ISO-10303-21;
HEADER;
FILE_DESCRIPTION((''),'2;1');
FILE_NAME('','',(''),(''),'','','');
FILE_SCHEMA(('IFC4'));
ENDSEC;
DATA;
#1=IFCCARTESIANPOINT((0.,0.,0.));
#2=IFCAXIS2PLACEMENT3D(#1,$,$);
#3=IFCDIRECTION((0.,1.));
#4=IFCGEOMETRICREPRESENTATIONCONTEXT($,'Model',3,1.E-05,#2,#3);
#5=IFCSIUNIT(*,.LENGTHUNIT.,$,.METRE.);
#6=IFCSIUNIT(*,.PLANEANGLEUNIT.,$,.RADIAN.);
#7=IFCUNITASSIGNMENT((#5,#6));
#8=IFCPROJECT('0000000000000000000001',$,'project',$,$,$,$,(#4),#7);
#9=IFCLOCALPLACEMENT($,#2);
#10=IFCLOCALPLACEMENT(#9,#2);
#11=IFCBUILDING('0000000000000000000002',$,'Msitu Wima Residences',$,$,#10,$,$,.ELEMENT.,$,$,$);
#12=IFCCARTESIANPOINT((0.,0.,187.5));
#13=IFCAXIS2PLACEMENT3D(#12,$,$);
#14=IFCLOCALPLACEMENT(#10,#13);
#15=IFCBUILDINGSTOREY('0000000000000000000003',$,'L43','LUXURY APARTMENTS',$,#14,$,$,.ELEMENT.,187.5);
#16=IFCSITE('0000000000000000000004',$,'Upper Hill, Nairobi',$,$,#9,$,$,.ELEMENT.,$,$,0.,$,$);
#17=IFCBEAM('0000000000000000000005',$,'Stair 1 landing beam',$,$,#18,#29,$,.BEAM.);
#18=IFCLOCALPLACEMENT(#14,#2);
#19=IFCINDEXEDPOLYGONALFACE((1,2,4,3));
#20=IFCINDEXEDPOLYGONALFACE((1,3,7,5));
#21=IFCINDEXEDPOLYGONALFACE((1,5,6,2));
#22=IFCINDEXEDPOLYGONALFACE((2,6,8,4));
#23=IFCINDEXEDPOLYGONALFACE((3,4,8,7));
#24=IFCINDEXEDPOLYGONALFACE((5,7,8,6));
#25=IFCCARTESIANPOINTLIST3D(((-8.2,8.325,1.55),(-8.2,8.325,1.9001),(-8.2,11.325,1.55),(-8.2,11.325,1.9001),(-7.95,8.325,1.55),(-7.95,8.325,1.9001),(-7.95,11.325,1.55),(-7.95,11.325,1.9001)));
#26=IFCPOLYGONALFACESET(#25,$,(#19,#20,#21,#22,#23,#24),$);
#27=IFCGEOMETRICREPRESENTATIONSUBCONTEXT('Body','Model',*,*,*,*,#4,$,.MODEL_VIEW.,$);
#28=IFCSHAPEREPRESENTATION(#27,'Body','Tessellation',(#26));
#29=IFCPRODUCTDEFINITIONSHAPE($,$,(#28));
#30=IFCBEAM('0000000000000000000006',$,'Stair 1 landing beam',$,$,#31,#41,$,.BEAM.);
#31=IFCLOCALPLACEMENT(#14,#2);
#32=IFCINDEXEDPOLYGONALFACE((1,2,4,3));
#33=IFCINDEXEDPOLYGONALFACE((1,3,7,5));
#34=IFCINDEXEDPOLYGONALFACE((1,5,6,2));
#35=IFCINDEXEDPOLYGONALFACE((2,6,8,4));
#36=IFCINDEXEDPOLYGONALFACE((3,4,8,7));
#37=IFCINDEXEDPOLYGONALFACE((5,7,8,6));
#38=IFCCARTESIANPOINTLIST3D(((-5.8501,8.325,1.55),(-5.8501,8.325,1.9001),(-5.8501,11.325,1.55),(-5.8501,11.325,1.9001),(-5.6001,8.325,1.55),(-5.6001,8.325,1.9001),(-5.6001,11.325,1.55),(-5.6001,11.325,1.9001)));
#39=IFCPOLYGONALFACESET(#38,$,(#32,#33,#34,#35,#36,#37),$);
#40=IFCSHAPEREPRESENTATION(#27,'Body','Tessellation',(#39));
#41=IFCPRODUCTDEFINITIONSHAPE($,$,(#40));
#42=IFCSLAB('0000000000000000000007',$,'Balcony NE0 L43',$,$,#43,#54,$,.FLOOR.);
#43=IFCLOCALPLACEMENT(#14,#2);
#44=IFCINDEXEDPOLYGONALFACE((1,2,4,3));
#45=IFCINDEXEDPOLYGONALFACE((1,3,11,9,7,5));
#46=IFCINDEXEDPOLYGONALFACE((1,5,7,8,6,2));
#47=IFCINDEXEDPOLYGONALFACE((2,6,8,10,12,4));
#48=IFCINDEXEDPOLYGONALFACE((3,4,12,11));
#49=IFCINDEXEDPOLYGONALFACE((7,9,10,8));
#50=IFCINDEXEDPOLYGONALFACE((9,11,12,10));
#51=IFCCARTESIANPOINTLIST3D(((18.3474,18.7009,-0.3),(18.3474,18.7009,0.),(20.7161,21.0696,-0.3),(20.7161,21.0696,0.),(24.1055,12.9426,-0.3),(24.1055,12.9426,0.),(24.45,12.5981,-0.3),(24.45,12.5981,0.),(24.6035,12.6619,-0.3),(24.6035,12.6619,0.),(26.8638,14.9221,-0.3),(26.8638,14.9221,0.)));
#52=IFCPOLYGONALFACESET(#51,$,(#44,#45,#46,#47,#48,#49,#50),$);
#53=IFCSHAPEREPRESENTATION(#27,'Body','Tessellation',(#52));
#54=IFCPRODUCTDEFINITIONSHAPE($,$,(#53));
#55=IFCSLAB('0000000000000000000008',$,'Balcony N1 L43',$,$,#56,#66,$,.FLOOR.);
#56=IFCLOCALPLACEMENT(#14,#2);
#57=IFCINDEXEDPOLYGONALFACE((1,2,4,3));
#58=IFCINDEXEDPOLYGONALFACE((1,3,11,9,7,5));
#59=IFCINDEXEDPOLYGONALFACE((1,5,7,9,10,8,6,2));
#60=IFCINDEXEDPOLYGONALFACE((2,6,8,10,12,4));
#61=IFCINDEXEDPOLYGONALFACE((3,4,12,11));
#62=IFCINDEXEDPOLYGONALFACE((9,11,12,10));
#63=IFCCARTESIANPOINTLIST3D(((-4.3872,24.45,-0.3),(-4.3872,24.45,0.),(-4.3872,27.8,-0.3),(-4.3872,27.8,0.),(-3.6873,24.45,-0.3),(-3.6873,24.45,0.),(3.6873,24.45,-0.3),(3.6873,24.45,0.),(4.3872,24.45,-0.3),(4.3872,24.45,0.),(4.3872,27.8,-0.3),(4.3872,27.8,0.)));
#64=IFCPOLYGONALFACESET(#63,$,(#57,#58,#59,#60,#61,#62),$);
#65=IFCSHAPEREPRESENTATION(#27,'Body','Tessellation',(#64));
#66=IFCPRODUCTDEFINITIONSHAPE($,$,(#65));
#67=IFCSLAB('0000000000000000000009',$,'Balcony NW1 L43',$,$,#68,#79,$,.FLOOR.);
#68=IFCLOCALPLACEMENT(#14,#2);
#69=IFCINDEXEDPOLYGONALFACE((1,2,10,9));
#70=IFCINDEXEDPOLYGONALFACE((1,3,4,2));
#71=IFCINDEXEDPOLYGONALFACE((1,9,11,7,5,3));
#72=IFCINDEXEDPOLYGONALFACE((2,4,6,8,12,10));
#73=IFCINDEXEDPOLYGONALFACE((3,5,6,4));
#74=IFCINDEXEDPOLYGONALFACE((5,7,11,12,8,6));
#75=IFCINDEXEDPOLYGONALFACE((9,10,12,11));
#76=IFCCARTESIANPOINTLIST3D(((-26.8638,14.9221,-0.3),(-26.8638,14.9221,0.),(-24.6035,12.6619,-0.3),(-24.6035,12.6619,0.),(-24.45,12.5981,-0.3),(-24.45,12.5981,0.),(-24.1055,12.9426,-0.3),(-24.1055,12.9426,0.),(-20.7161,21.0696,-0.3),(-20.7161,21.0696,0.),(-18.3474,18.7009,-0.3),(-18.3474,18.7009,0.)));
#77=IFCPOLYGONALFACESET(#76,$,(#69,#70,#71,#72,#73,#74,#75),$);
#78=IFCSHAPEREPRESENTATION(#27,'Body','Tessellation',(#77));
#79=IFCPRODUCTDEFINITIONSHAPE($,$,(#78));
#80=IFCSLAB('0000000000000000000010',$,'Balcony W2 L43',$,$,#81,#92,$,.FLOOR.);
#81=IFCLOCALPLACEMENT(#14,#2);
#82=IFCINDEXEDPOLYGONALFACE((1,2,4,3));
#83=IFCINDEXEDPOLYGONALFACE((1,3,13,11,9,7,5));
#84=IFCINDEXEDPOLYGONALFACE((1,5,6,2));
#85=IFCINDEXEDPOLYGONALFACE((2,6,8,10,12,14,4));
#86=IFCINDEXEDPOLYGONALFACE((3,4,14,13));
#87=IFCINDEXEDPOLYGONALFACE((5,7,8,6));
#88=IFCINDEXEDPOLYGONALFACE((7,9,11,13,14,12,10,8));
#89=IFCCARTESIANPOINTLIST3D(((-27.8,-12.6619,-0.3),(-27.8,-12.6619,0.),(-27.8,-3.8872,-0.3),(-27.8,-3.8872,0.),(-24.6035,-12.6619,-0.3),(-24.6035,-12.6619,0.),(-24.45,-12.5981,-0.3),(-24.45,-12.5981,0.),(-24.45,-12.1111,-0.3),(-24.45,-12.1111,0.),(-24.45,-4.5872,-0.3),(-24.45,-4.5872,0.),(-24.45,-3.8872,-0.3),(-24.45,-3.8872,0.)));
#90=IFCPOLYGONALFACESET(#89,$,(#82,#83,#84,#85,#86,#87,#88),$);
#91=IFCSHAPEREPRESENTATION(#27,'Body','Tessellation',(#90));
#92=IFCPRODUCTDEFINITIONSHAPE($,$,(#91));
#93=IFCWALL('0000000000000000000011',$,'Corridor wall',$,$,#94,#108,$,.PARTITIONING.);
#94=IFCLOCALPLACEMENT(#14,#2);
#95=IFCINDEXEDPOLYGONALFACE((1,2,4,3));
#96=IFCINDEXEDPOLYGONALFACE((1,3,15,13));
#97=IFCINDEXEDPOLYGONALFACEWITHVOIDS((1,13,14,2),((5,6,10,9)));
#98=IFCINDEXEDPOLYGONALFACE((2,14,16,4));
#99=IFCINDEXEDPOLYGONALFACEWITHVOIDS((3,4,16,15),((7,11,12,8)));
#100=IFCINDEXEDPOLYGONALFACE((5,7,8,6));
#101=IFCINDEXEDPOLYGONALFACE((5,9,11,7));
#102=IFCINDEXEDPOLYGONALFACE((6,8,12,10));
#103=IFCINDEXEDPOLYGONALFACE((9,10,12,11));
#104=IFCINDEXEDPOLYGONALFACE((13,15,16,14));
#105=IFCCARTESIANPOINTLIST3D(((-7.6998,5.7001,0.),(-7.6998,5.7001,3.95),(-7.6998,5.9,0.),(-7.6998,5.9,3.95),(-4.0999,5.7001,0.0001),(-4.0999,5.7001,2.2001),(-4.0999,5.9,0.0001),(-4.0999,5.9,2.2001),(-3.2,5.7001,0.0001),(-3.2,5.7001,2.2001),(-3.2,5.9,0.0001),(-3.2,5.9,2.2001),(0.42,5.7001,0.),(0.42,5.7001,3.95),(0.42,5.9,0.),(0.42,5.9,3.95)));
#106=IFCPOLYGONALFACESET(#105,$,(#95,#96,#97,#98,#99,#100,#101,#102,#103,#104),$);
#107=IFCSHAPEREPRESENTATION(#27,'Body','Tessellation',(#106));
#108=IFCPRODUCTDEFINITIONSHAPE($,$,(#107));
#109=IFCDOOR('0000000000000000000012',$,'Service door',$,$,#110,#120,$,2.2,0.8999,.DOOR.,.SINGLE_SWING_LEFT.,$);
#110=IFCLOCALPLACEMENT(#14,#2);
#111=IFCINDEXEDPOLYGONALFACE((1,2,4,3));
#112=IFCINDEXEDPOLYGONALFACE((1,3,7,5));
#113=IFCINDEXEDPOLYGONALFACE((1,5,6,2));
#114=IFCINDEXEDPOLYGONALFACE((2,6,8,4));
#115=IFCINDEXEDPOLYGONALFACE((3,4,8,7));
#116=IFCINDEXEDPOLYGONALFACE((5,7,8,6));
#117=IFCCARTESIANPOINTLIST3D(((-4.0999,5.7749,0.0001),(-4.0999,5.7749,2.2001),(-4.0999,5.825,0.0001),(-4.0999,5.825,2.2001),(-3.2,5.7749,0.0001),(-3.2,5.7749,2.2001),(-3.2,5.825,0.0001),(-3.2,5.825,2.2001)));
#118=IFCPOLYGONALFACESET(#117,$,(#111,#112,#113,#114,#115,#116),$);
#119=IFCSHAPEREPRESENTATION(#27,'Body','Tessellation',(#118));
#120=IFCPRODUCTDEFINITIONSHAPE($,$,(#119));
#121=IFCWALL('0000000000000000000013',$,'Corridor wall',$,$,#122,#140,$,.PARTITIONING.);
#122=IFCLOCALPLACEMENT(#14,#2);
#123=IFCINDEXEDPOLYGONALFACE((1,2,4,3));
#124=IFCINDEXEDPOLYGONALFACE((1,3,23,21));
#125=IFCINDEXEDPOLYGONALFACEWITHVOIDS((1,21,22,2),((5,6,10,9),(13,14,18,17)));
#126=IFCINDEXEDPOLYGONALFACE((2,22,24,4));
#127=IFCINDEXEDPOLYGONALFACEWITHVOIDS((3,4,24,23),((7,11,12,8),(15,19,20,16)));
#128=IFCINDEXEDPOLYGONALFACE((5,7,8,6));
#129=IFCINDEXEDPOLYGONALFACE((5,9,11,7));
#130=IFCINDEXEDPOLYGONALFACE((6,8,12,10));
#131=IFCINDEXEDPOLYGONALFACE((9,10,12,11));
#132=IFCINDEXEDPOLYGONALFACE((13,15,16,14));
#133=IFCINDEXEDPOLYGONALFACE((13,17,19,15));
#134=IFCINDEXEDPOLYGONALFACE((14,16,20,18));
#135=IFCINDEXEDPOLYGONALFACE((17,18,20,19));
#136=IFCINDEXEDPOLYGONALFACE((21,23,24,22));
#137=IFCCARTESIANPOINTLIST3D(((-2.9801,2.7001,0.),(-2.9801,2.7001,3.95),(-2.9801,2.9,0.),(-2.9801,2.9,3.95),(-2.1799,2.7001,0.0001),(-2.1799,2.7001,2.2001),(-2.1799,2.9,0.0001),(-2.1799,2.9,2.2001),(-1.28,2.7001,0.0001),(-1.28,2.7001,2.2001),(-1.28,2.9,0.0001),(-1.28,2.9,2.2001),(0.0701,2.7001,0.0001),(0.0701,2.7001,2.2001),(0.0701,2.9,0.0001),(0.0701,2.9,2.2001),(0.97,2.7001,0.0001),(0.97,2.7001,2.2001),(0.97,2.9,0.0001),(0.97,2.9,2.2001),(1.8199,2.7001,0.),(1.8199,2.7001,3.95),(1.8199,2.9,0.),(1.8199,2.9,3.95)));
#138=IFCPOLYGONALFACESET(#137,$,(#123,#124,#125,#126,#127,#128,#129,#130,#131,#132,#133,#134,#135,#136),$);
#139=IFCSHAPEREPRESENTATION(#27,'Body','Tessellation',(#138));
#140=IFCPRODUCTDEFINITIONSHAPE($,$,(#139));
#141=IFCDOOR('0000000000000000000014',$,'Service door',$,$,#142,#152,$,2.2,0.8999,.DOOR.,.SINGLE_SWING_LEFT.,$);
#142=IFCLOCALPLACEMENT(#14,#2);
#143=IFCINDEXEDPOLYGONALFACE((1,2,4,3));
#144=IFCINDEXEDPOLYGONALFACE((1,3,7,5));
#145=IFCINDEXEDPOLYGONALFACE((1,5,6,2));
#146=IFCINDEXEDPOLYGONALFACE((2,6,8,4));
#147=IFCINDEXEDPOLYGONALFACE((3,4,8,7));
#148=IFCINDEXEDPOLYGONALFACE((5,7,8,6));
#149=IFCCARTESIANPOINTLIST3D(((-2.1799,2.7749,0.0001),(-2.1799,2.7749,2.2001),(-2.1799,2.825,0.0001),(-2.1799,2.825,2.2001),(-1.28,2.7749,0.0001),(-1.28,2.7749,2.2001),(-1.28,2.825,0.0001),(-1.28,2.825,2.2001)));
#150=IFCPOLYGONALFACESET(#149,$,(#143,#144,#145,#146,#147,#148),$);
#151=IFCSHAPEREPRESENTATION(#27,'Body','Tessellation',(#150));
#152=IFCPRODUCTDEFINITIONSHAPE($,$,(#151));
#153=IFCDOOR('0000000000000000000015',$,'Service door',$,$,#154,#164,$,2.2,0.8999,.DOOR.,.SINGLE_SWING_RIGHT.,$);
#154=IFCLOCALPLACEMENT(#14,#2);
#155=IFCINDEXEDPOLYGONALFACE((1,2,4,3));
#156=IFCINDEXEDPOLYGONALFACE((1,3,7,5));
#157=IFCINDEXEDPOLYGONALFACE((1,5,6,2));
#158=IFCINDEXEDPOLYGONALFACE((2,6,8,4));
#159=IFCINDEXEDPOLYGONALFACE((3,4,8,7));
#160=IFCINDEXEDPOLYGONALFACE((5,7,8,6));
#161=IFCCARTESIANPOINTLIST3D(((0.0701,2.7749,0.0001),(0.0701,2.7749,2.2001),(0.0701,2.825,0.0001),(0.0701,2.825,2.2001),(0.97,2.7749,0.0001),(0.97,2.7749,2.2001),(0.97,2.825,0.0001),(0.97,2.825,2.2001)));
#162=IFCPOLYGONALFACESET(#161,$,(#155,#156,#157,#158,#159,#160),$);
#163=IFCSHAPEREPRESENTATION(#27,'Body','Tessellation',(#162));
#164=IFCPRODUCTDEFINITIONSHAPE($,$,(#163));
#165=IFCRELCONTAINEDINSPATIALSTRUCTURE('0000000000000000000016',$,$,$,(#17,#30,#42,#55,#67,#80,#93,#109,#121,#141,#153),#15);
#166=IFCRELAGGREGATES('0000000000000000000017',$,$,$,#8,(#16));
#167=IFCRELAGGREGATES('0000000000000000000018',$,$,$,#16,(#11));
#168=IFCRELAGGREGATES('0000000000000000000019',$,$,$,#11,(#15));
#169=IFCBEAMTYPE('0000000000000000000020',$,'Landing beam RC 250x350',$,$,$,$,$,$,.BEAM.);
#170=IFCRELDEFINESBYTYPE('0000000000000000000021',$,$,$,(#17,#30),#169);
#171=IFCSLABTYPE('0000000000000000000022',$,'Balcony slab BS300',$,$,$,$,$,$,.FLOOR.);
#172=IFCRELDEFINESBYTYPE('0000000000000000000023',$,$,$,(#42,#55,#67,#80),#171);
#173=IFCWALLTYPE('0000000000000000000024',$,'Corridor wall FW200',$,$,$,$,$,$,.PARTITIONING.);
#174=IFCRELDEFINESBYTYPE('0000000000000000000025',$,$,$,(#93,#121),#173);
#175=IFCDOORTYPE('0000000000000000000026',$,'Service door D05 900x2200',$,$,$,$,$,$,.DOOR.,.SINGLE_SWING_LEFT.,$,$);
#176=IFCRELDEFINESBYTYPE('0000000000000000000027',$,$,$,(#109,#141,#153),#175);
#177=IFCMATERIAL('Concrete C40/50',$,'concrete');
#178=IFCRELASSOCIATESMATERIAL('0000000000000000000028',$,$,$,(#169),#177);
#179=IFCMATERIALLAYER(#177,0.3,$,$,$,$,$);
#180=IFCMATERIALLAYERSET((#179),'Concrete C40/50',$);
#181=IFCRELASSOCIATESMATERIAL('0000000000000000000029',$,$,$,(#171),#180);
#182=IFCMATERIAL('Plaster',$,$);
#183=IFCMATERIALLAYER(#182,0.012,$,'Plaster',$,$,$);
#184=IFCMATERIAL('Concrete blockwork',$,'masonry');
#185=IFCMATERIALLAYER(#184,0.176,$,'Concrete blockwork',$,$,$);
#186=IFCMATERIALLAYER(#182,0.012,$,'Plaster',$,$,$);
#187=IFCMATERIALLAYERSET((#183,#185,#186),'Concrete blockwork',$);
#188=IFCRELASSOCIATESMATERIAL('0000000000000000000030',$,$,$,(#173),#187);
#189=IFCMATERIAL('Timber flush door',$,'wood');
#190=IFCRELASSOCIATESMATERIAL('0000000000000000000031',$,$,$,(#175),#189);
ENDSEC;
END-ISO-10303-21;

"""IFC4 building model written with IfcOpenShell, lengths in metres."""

from ifc_helpers import new_model, si_unit, direction, frame, frame_2d, origin, origin_2d, place, context, subcontext, project, spatial, polyline, rectangle, outline, extrude, material, layer, layer_set, material_profile, profile_set, type_object, element, fill, save


model = new_model("IFC4")

# Units and contexts
model_context = context("Model", 3, precision=1e-05, world=origin(), true_north=direction((0.0, 1.0)))
body_context = subcontext(model_context, "Body", "Model", "MODEL_VIEW")
ifc_project = project(units=[si_unit("LENGTHUNIT", "METRE"), si_unit("PLANEANGLEUNIT", "RADIAN")], contexts=[model_context])

# Site, building, storey
site_placement = place(None, origin())
site = spatial("IfcSite", under=ifc_project, at=site_placement, Name="Upper Hill, Nairobi", CompositionType="ELEMENT", RefElevation=0.0)
building_placement = place(site_placement, origin())
building = spatial("IfcBuilding", under=site, at=building_placement, Name="Msitu Wima Residences", CompositionType="ELEMENT")
storey_placement = place(building_placement, frame((0.0, 0.0, 187.5)))
storey = spatial("IfcBuildingStorey", under=building, at=storey_placement, Name="L43", Description="LUXURY APARTMENTS", CompositionType="ELEMENT", Elevation=187.5)

# Beams
ifc_material_1 = material(Name="Concrete C40/50", Category="concrete")
ifc_material_profile = material_profile(ifc_material_1, rectangle(XDim=0.25, YDim=0.3501, at=origin_2d()), Name="RC 250x350")
ifc_profile_set = profile_set([ifc_material_profile], Name="Concrete C40/50")
beam_type = type_object("IfcBeamType", Name="Landing beam RC 250x350", PredefinedType="BEAM", material=ifc_profile_set)
for number, where, z_axis, x_axis, name in (
    (1, (-8.075, 8.325, 1.7251), (0.0, 1.0, 0.0), (-1.0, 0.0, 0.0), "Stair 1 landing beam"),
    (2, (-5.7251, 8.325, 1.7251), (0.0, 1.0, 0.0), (-1.0, 0.0, 0.0), "Stair 1 landing beam"),
):
    element("IfcBeam", number, at=place(storey_placement, frame(where, z_axis=z_axis, x_axis=x_axis)), inside=storey, type_object=beam_type, Name=name, PredefinedType="BEAM", context=body_context, shape_type="SweptSolid", body=[
        extrude(rectangle(XDim=0.25, YDim=0.3501, at=origin_2d()), origin(), (0.0, 0.0, 1.0), 3.0),
    ])

# Slabs
ifc_layer_1 = layer(ifc_material_1, 0.3)
ifc_layer_set_1 = layer_set([ifc_layer_1], Name="Concrete C40/50")
slab_type = type_object("IfcSlabType", Name="Balcony slab BS300", PredefinedType="FLOOR", material=ifc_layer_set_1)
slab_1_placement = place(storey_placement, frame((0.0, 0.0, -0.3)))
element("IfcSlab", 3, at=slab_1_placement, inside=storey, type_object=slab_type, Name="Balcony NE0 L43", PredefinedType="FLOOR", context=body_context, shape_type="SweptSolid", body=[
    extrude(outline(polyline([(24.1055, 12.9426), (24.1055, 12.9426), (18.3474, 18.7009), (20.7161, 21.0696), (26.8638, 14.9221), (24.6035, 12.6619), (24.45, 12.5981), (24.1055, 12.9426), (24.1055, 12.9426)])), origin(), (0.0, 0.0, 1.0), 0.3),
])
slab_2_placement = place(storey_placement, frame((0.0, 0.0, -0.3)))
element("IfcSlab", 4, at=slab_2_placement, inside=storey, type_object=slab_type, Name="Balcony N1 L43", PredefinedType="FLOOR", context=body_context, shape_type="SweptSolid", body=[
    extrude(outline(polyline([(3.6873, 24.45), (-3.6873, 24.45), (-4.3872, 24.45), (-4.3872, 27.8), (4.3872, 27.8), (4.3872, 24.45), (3.6873, 24.45)])), origin(), (0.0, 0.0, 1.0), 0.3),
])
slab_3_placement = place(storey_placement, frame((0.0, 0.0, -0.3)))
element("IfcSlab", 5, at=slab_3_placement, inside=storey, type_object=slab_type, Name="Balcony NW1 L43", PredefinedType="FLOOR", context=body_context, shape_type="SweptSolid", body=[
    extrude(outline(polyline([(-24.1055, 12.9426), (-24.1055, 12.9426), (-24.45, 12.5981), (-24.6035, 12.6619), (-26.8638, 14.9221), (-20.7161, 21.0696), (-18.3474, 18.7009), (-24.1055, 12.9426), (-24.1055, 12.9426)])), origin(), (0.0, 0.0, 1.0), 0.3),
])
slab_4_placement = place(storey_placement, frame((0.0, 0.0, -0.3)))
element("IfcSlab", 6, at=slab_4_placement, inside=storey, type_object=slab_type, Name="Balcony W2 L43", PredefinedType="FLOOR", context=body_context, shape_type="SweptSolid", body=[
    extrude(outline(polyline([(-24.45, -12.1111), (-24.45, -12.1111), (-24.45, -12.5981), (-24.6035, -12.6619), (-27.8, -12.6619), (-27.8, -3.8872), (-24.45, -3.8872), (-24.45, -4.5872), (-24.45, -4.5872), (-24.45, -12.1111), (-24.45, -12.1111)])), origin(), (0.0, 0.0, 1.0), 0.3),
])

# Wall, opening, door
ifc_material_2 = material(Name="Plaster")
ifc_layer_2 = layer(ifc_material_2, 0.012, Name="Plaster")
ifc_material_3 = material(Name="Concrete blockwork", Category="masonry")
ifc_layer_3 = layer(ifc_material_3, 0.176, Name="Concrete blockwork")
ifc_layer_4 = layer(ifc_material_2, 0.012, Name="Plaster")
ifc_layer_set_2 = layer_set([ifc_layer_2, ifc_layer_3, ifc_layer_4], Name="Concrete blockwork")
wall_type_1 = type_object("IfcWallType", Name="Corridor wall FW200", PredefinedType="PARTITIONING", material=ifc_layer_set_2)
wall_1_placement = place(storey_placement, frame((-7.7, 5.8, 0.0), z_axis=(0.0, 0.0, 1.0), x_axis=(1.0, 0.0, 0.0)))
wall_1 = element("IfcWall", 7, at=wall_1_placement, inside=storey, type_object=wall_type_1, Name="Corridor wall", PredefinedType="PARTITIONING", context=body_context, shape_type="SweptSolid", body=[
    extrude(rectangle(XDim=8.1199, YDim=0.2, at=frame_2d((4.0601, 0.0))), origin(), (0.0, 0.0, 1.0), 3.95),
])
opening_1_placement = place(wall_1_placement, frame((3.6001, 0.0, 0.0)))
opening_1 = element("IfcOpeningElement", 8, at=opening_1_placement, cuts=wall_1, PredefinedType="OPENING", context=body_context, shape_type="SweptSolid", body=[
    extrude(rectangle(XDim=0.8999, YDim=2.2, at=frame_2d((0.45, 1.1001))), frame((0.0, 0.1099, 0.0), z_axis=(0.0, -1.0, 0.0), x_axis=(1.0, 0.0, 0.0)), (0.0, 0.0, 1.0), 0.22),
])
ifc_material_4 = material(Name="Timber flush door", Category="wood")
door_type_1 = type_object("IfcDoorType", Name="Service door D05 900x2200", OperationType="SINGLE_SWING_LEFT", PredefinedType="DOOR", material=ifc_material_4)
door_1_placement = place(opening_1_placement, origin())
door_1 = element("IfcDoor", 9, at=door_1_placement, inside=storey, type_object=door_type_1, Name="Service door", OperationType="SINGLE_SWING_LEFT", OverallHeight=2.2, OverallWidth=0.8999, PredefinedType="DOOR", context=body_context, shape_type="SweptSolid", body=[
    extrude(rectangle(XDim=0.8999, YDim=2.2, at=frame_2d((0.45, 1.1001))), frame((0.0, 0.0249, 0.0), z_axis=(0.0, -1.0, 0.0), x_axis=(1.0, 0.0, 0.0)), (0.0, 0.0, 1.0), 0.05),
])
fill(opening_1, door_1)

# Wall, openings, doors
wall_2_placement = place(storey_placement, frame((-2.98, 2.8, 0.0), z_axis=(0.0, 0.0, 1.0), x_axis=(1.0, 0.0, 0.0)))
wall_2 = element("IfcWall", 10, at=wall_2_placement, inside=storey, type_object=wall_type_1, Name="Corridor wall", PredefinedType="PARTITIONING", context=body_context, shape_type="SweptSolid", body=[
    extrude(rectangle(XDim=4.8, YDim=0.2, at=frame_2d((2.3999, 0.0))), origin(), (0.0, 0.0, 1.0), 3.95),
])
opening_2_placement = place(wall_2_placement, frame((0.8, 0.0, 0.0)))
opening_2 = element("IfcOpeningElement", 11, at=opening_2_placement, cuts=wall_2, PredefinedType="OPENING", context=body_context, shape_type="SweptSolid", body=[
    extrude(rectangle(XDim=0.8999, YDim=2.2, at=frame_2d((0.45, 1.1001))), frame((0.0, 0.1099, 0.0), z_axis=(0.0, -1.0, 0.0), x_axis=(1.0, 0.0, 0.0)), (0.0, 0.0, 1.0), 0.22),
])
opening_3_placement = place(wall_2_placement, frame((3.05, 0.0, 0.0)))
opening_3 = element("IfcOpeningElement", 12, at=opening_3_placement, cuts=wall_2, PredefinedType="OPENING", context=body_context, shape_type="SweptSolid", body=[
    extrude(rectangle(XDim=0.8999, YDim=2.2, at=frame_2d((0.45, 1.1001))), frame((0.0, 0.1099, 0.0), z_axis=(0.0, -1.0, 0.0), x_axis=(1.0, 0.0, 0.0)), (0.0, 0.0, 1.0), 0.22),
])
door_2_placement = place(opening_2_placement, origin())
door_2 = element("IfcDoor", 13, at=door_2_placement, inside=storey, type_object=door_type_1, Name="Service door", OperationType="SINGLE_SWING_LEFT", OverallHeight=2.2, OverallWidth=0.8999, PredefinedType="DOOR", context=body_context, shape_type="SweptSolid", body=[
    extrude(rectangle(XDim=0.8999, YDim=2.2, at=frame_2d((0.45, 1.1001))), frame((0.0, 0.0249, 0.0), z_axis=(0.0, -1.0, 0.0), x_axis=(1.0, 0.0, 0.0)), (0.0, 0.0, 1.0), 0.05),
])
fill(opening_2, door_2)
door_3_placement = place(opening_3_placement, origin())
door_3 = element("IfcDoor", 14, at=door_3_placement, inside=storey, type_object=door_type_1, Name="Service door", OperationType="SINGLE_SWING_RIGHT", OverallHeight=2.2, OverallWidth=0.8999, PredefinedType="DOOR", context=body_context, shape_type="SweptSolid", body=[
    extrude(rectangle(XDim=0.8999, YDim=2.2, at=frame_2d((0.45, 1.1001))), frame((0.0, 0.0249, 0.0), z_axis=(0.0, -1.0, 0.0), x_axis=(1.0, 0.0, 0.0)), (0.0, 0.0, 1.0), 0.05),
])
fill(opening_3, door_3)

save(model, "model.ifc")
